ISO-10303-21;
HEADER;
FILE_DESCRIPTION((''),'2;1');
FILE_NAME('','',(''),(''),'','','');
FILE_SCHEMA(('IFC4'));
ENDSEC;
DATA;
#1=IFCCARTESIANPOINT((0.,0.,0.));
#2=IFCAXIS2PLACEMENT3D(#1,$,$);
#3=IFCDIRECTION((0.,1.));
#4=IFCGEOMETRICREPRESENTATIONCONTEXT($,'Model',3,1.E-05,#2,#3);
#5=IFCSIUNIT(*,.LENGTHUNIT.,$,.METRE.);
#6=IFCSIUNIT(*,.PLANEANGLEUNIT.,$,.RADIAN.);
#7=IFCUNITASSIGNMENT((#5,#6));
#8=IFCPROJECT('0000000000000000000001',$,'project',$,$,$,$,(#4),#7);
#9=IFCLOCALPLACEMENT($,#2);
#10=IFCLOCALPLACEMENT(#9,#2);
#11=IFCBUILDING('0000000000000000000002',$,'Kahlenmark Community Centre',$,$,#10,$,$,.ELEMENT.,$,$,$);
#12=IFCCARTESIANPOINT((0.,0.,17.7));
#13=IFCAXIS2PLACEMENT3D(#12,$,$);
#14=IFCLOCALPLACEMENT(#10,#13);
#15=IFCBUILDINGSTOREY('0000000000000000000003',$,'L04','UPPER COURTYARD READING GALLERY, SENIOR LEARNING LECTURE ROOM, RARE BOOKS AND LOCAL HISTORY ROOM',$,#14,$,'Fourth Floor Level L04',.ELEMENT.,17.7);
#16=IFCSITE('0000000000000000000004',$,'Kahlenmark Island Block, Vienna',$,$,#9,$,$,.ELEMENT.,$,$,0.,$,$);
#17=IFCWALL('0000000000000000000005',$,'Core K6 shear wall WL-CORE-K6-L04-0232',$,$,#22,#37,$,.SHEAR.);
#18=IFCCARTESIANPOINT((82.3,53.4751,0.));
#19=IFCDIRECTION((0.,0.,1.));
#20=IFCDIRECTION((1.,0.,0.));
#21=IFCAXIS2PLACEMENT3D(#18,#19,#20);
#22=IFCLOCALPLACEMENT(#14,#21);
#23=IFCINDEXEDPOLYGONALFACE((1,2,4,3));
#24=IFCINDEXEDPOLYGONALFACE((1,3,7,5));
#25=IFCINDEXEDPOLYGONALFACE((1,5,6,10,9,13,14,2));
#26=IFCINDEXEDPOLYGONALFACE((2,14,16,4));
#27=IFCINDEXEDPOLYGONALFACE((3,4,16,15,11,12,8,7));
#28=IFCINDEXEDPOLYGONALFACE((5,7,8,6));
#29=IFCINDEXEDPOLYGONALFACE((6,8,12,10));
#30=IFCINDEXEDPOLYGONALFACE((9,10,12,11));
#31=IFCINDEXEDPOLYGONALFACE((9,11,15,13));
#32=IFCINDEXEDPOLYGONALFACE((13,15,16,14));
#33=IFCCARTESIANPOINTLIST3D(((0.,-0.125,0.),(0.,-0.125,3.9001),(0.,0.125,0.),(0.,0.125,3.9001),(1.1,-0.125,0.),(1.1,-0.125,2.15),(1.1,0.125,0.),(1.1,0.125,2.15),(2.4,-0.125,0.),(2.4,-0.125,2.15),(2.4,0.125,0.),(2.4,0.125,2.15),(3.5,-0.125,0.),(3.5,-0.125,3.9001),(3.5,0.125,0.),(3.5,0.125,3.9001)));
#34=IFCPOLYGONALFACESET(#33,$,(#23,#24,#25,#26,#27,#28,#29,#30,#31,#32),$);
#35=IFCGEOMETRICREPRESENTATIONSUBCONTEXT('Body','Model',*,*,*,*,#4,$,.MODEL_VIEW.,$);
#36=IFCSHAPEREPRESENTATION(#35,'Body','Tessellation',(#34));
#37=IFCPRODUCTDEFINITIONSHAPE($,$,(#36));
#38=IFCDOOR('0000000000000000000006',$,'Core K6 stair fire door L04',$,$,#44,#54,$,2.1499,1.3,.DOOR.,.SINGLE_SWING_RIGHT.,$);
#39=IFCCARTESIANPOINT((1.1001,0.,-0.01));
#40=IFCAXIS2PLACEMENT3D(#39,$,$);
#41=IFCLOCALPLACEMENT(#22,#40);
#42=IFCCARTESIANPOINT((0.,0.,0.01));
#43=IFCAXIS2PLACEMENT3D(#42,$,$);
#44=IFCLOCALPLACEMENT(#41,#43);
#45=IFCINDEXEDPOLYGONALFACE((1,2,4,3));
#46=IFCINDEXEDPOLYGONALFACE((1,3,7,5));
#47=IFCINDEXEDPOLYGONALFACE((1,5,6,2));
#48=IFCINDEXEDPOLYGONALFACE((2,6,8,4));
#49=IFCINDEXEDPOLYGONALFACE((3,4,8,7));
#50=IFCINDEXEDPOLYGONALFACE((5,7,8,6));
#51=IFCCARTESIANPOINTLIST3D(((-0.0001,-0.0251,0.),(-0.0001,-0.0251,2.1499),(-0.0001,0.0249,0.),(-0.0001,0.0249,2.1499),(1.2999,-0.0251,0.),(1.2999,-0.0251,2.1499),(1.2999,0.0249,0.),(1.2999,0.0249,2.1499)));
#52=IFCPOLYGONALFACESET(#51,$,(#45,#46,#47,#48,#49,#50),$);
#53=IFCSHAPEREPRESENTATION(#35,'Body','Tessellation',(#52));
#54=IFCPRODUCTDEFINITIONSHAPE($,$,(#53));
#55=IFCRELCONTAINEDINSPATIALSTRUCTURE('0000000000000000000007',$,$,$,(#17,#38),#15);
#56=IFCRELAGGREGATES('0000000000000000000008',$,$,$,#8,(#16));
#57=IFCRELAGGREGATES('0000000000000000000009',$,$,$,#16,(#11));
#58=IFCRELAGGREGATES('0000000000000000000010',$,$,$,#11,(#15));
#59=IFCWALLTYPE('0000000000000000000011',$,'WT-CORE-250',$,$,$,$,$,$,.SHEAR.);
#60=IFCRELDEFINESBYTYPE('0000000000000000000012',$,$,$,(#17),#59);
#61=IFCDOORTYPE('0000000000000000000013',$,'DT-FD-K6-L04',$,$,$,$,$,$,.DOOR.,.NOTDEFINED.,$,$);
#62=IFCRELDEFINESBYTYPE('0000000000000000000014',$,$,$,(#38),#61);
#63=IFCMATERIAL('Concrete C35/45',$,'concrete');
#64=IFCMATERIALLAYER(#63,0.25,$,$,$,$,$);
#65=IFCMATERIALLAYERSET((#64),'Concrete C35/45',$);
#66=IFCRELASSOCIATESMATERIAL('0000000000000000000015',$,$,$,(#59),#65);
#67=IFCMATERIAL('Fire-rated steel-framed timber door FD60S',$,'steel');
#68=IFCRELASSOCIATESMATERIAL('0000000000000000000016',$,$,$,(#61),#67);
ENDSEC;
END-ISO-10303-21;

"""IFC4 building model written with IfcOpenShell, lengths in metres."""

from ifc_helpers import new_model, si_unit, direction, frame, frame_2d, origin, place, context, subcontext, project, spatial, rectangle, extrude, material, layer, layer_set, type_object, element, fill, save


model = new_model("IFC4")

# Units and contexts
model_context = context("Model", 3, precision=1e-05, world=origin(), true_north=direction((0.0, 1.0)))
body_context = subcontext(model_context, "Body", "Model", "MODEL_VIEW")
ifc_project = project(units=[si_unit("LENGTHUNIT", "METRE"), si_unit("PLANEANGLEUNIT", "RADIAN")], contexts=[model_context])

# Site, building, storey
site_placement = place(None, origin())
site = spatial("IfcSite", under=ifc_project, at=site_placement, Name="Kahlenmark Island Block, Vienna", CompositionType="ELEMENT", RefElevation=0.0)
building_placement = place(site_placement, origin())
building = spatial("IfcBuilding", under=site, at=building_placement, Name="Kahlenmark Community Centre", CompositionType="ELEMENT")
storey_placement = place(building_placement, frame((0.0, 0.0, 17.7)))
storey = spatial("IfcBuildingStorey", under=building, at=storey_placement, Name="L04", Description="UPPER COURTYARD READING GALLERY, SENIOR LEARNING LECTURE ROOM, RARE BOOKS AND LOCAL HISTORY ROOM", LongName="Fourth Floor Level L04", CompositionType="ELEMENT", Elevation=17.7)

# Wall, opening, door
ifc_material_1 = material(Name="Concrete C35/45", Category="concrete")
ifc_layer_1 = layer(ifc_material_1, 0.25)
ifc_layer_set_1 = layer_set([ifc_layer_1], Name="Concrete C35/45")
wall_type_1 = type_object("IfcWallType", Name="WT-CORE-250", PredefinedType="SHEAR", material=ifc_layer_set_1)
wall_1_placement = place(storey_placement, frame((82.3, 53.4751, 0.0), z_axis=(0.0, 0.0, 1.0), x_axis=(1.0, 0.0, 0.0)))
wall_1 = element("IfcWall", 1, at=wall_1_placement, inside=storey, type_object=wall_type_1, Name="Core K6 shear wall WL-CORE-K6-L04-0232", PredefinedType="SHEAR", context=body_context, shape_type="SweptSolid", body=[
    extrude(rectangle(XDim=3.5, YDim=0.25, at=frame_2d((1.75, 0.0))), origin(), (0.0, 0.0, 1.0), 3.9001),
])
opening_1_placement = place(wall_1_placement, frame((1.1001, 0.0, -0.01)))
opening_1 = element("IfcOpeningElement", 2, at=opening_1_placement, cuts=wall_1, PredefinedType="OPENING", context=body_context, shape_type="SweptSolid", body=[
    extrude(rectangle(XDim=1.3, YDim=2.1599, at=frame_2d((0.6499, 1.0801))), frame((0.0, 0.135, 0.0), z_axis=(0.0, -1.0, 0.0), x_axis=(1.0, 0.0, 0.0)), (0.0, 0.0, 1.0), 0.27),
])
ifc_material_2 = material(Name="Fire-rated steel-framed timber door FD60S", Category="steel")
door_type_1 = type_object("IfcDoorType", Name="DT-FD-K6-L04", OperationType="NOTDEFINED", PredefinedType="DOOR", material=ifc_material_2)
door_1_placement = place(opening_1_placement, frame((0.0, 0.0, 0.01)))
door_1 = element("IfcDoor", 3, at=door_1_placement, inside=storey, type_object=door_type_1, Name="Core K6 stair fire door L04", OperationType="SINGLE_SWING_RIGHT", OverallHeight=2.1499, OverallWidth=1.3, PredefinedType="DOOR", context=body_context, shape_type="SweptSolid", body=[
    extrude(rectangle(XDim=1.3, YDim=2.1499, at=frame_2d((0.6499, 1.075))), frame((0.0, 0.0249, 0.0), z_axis=(0.0, -1.0, 0.0), x_axis=(1.0, 0.0, 0.0)), (0.0, 0.0, 1.0), 0.05),
])
fill(opening_1, door_1)

save(model, "model.ifc")
